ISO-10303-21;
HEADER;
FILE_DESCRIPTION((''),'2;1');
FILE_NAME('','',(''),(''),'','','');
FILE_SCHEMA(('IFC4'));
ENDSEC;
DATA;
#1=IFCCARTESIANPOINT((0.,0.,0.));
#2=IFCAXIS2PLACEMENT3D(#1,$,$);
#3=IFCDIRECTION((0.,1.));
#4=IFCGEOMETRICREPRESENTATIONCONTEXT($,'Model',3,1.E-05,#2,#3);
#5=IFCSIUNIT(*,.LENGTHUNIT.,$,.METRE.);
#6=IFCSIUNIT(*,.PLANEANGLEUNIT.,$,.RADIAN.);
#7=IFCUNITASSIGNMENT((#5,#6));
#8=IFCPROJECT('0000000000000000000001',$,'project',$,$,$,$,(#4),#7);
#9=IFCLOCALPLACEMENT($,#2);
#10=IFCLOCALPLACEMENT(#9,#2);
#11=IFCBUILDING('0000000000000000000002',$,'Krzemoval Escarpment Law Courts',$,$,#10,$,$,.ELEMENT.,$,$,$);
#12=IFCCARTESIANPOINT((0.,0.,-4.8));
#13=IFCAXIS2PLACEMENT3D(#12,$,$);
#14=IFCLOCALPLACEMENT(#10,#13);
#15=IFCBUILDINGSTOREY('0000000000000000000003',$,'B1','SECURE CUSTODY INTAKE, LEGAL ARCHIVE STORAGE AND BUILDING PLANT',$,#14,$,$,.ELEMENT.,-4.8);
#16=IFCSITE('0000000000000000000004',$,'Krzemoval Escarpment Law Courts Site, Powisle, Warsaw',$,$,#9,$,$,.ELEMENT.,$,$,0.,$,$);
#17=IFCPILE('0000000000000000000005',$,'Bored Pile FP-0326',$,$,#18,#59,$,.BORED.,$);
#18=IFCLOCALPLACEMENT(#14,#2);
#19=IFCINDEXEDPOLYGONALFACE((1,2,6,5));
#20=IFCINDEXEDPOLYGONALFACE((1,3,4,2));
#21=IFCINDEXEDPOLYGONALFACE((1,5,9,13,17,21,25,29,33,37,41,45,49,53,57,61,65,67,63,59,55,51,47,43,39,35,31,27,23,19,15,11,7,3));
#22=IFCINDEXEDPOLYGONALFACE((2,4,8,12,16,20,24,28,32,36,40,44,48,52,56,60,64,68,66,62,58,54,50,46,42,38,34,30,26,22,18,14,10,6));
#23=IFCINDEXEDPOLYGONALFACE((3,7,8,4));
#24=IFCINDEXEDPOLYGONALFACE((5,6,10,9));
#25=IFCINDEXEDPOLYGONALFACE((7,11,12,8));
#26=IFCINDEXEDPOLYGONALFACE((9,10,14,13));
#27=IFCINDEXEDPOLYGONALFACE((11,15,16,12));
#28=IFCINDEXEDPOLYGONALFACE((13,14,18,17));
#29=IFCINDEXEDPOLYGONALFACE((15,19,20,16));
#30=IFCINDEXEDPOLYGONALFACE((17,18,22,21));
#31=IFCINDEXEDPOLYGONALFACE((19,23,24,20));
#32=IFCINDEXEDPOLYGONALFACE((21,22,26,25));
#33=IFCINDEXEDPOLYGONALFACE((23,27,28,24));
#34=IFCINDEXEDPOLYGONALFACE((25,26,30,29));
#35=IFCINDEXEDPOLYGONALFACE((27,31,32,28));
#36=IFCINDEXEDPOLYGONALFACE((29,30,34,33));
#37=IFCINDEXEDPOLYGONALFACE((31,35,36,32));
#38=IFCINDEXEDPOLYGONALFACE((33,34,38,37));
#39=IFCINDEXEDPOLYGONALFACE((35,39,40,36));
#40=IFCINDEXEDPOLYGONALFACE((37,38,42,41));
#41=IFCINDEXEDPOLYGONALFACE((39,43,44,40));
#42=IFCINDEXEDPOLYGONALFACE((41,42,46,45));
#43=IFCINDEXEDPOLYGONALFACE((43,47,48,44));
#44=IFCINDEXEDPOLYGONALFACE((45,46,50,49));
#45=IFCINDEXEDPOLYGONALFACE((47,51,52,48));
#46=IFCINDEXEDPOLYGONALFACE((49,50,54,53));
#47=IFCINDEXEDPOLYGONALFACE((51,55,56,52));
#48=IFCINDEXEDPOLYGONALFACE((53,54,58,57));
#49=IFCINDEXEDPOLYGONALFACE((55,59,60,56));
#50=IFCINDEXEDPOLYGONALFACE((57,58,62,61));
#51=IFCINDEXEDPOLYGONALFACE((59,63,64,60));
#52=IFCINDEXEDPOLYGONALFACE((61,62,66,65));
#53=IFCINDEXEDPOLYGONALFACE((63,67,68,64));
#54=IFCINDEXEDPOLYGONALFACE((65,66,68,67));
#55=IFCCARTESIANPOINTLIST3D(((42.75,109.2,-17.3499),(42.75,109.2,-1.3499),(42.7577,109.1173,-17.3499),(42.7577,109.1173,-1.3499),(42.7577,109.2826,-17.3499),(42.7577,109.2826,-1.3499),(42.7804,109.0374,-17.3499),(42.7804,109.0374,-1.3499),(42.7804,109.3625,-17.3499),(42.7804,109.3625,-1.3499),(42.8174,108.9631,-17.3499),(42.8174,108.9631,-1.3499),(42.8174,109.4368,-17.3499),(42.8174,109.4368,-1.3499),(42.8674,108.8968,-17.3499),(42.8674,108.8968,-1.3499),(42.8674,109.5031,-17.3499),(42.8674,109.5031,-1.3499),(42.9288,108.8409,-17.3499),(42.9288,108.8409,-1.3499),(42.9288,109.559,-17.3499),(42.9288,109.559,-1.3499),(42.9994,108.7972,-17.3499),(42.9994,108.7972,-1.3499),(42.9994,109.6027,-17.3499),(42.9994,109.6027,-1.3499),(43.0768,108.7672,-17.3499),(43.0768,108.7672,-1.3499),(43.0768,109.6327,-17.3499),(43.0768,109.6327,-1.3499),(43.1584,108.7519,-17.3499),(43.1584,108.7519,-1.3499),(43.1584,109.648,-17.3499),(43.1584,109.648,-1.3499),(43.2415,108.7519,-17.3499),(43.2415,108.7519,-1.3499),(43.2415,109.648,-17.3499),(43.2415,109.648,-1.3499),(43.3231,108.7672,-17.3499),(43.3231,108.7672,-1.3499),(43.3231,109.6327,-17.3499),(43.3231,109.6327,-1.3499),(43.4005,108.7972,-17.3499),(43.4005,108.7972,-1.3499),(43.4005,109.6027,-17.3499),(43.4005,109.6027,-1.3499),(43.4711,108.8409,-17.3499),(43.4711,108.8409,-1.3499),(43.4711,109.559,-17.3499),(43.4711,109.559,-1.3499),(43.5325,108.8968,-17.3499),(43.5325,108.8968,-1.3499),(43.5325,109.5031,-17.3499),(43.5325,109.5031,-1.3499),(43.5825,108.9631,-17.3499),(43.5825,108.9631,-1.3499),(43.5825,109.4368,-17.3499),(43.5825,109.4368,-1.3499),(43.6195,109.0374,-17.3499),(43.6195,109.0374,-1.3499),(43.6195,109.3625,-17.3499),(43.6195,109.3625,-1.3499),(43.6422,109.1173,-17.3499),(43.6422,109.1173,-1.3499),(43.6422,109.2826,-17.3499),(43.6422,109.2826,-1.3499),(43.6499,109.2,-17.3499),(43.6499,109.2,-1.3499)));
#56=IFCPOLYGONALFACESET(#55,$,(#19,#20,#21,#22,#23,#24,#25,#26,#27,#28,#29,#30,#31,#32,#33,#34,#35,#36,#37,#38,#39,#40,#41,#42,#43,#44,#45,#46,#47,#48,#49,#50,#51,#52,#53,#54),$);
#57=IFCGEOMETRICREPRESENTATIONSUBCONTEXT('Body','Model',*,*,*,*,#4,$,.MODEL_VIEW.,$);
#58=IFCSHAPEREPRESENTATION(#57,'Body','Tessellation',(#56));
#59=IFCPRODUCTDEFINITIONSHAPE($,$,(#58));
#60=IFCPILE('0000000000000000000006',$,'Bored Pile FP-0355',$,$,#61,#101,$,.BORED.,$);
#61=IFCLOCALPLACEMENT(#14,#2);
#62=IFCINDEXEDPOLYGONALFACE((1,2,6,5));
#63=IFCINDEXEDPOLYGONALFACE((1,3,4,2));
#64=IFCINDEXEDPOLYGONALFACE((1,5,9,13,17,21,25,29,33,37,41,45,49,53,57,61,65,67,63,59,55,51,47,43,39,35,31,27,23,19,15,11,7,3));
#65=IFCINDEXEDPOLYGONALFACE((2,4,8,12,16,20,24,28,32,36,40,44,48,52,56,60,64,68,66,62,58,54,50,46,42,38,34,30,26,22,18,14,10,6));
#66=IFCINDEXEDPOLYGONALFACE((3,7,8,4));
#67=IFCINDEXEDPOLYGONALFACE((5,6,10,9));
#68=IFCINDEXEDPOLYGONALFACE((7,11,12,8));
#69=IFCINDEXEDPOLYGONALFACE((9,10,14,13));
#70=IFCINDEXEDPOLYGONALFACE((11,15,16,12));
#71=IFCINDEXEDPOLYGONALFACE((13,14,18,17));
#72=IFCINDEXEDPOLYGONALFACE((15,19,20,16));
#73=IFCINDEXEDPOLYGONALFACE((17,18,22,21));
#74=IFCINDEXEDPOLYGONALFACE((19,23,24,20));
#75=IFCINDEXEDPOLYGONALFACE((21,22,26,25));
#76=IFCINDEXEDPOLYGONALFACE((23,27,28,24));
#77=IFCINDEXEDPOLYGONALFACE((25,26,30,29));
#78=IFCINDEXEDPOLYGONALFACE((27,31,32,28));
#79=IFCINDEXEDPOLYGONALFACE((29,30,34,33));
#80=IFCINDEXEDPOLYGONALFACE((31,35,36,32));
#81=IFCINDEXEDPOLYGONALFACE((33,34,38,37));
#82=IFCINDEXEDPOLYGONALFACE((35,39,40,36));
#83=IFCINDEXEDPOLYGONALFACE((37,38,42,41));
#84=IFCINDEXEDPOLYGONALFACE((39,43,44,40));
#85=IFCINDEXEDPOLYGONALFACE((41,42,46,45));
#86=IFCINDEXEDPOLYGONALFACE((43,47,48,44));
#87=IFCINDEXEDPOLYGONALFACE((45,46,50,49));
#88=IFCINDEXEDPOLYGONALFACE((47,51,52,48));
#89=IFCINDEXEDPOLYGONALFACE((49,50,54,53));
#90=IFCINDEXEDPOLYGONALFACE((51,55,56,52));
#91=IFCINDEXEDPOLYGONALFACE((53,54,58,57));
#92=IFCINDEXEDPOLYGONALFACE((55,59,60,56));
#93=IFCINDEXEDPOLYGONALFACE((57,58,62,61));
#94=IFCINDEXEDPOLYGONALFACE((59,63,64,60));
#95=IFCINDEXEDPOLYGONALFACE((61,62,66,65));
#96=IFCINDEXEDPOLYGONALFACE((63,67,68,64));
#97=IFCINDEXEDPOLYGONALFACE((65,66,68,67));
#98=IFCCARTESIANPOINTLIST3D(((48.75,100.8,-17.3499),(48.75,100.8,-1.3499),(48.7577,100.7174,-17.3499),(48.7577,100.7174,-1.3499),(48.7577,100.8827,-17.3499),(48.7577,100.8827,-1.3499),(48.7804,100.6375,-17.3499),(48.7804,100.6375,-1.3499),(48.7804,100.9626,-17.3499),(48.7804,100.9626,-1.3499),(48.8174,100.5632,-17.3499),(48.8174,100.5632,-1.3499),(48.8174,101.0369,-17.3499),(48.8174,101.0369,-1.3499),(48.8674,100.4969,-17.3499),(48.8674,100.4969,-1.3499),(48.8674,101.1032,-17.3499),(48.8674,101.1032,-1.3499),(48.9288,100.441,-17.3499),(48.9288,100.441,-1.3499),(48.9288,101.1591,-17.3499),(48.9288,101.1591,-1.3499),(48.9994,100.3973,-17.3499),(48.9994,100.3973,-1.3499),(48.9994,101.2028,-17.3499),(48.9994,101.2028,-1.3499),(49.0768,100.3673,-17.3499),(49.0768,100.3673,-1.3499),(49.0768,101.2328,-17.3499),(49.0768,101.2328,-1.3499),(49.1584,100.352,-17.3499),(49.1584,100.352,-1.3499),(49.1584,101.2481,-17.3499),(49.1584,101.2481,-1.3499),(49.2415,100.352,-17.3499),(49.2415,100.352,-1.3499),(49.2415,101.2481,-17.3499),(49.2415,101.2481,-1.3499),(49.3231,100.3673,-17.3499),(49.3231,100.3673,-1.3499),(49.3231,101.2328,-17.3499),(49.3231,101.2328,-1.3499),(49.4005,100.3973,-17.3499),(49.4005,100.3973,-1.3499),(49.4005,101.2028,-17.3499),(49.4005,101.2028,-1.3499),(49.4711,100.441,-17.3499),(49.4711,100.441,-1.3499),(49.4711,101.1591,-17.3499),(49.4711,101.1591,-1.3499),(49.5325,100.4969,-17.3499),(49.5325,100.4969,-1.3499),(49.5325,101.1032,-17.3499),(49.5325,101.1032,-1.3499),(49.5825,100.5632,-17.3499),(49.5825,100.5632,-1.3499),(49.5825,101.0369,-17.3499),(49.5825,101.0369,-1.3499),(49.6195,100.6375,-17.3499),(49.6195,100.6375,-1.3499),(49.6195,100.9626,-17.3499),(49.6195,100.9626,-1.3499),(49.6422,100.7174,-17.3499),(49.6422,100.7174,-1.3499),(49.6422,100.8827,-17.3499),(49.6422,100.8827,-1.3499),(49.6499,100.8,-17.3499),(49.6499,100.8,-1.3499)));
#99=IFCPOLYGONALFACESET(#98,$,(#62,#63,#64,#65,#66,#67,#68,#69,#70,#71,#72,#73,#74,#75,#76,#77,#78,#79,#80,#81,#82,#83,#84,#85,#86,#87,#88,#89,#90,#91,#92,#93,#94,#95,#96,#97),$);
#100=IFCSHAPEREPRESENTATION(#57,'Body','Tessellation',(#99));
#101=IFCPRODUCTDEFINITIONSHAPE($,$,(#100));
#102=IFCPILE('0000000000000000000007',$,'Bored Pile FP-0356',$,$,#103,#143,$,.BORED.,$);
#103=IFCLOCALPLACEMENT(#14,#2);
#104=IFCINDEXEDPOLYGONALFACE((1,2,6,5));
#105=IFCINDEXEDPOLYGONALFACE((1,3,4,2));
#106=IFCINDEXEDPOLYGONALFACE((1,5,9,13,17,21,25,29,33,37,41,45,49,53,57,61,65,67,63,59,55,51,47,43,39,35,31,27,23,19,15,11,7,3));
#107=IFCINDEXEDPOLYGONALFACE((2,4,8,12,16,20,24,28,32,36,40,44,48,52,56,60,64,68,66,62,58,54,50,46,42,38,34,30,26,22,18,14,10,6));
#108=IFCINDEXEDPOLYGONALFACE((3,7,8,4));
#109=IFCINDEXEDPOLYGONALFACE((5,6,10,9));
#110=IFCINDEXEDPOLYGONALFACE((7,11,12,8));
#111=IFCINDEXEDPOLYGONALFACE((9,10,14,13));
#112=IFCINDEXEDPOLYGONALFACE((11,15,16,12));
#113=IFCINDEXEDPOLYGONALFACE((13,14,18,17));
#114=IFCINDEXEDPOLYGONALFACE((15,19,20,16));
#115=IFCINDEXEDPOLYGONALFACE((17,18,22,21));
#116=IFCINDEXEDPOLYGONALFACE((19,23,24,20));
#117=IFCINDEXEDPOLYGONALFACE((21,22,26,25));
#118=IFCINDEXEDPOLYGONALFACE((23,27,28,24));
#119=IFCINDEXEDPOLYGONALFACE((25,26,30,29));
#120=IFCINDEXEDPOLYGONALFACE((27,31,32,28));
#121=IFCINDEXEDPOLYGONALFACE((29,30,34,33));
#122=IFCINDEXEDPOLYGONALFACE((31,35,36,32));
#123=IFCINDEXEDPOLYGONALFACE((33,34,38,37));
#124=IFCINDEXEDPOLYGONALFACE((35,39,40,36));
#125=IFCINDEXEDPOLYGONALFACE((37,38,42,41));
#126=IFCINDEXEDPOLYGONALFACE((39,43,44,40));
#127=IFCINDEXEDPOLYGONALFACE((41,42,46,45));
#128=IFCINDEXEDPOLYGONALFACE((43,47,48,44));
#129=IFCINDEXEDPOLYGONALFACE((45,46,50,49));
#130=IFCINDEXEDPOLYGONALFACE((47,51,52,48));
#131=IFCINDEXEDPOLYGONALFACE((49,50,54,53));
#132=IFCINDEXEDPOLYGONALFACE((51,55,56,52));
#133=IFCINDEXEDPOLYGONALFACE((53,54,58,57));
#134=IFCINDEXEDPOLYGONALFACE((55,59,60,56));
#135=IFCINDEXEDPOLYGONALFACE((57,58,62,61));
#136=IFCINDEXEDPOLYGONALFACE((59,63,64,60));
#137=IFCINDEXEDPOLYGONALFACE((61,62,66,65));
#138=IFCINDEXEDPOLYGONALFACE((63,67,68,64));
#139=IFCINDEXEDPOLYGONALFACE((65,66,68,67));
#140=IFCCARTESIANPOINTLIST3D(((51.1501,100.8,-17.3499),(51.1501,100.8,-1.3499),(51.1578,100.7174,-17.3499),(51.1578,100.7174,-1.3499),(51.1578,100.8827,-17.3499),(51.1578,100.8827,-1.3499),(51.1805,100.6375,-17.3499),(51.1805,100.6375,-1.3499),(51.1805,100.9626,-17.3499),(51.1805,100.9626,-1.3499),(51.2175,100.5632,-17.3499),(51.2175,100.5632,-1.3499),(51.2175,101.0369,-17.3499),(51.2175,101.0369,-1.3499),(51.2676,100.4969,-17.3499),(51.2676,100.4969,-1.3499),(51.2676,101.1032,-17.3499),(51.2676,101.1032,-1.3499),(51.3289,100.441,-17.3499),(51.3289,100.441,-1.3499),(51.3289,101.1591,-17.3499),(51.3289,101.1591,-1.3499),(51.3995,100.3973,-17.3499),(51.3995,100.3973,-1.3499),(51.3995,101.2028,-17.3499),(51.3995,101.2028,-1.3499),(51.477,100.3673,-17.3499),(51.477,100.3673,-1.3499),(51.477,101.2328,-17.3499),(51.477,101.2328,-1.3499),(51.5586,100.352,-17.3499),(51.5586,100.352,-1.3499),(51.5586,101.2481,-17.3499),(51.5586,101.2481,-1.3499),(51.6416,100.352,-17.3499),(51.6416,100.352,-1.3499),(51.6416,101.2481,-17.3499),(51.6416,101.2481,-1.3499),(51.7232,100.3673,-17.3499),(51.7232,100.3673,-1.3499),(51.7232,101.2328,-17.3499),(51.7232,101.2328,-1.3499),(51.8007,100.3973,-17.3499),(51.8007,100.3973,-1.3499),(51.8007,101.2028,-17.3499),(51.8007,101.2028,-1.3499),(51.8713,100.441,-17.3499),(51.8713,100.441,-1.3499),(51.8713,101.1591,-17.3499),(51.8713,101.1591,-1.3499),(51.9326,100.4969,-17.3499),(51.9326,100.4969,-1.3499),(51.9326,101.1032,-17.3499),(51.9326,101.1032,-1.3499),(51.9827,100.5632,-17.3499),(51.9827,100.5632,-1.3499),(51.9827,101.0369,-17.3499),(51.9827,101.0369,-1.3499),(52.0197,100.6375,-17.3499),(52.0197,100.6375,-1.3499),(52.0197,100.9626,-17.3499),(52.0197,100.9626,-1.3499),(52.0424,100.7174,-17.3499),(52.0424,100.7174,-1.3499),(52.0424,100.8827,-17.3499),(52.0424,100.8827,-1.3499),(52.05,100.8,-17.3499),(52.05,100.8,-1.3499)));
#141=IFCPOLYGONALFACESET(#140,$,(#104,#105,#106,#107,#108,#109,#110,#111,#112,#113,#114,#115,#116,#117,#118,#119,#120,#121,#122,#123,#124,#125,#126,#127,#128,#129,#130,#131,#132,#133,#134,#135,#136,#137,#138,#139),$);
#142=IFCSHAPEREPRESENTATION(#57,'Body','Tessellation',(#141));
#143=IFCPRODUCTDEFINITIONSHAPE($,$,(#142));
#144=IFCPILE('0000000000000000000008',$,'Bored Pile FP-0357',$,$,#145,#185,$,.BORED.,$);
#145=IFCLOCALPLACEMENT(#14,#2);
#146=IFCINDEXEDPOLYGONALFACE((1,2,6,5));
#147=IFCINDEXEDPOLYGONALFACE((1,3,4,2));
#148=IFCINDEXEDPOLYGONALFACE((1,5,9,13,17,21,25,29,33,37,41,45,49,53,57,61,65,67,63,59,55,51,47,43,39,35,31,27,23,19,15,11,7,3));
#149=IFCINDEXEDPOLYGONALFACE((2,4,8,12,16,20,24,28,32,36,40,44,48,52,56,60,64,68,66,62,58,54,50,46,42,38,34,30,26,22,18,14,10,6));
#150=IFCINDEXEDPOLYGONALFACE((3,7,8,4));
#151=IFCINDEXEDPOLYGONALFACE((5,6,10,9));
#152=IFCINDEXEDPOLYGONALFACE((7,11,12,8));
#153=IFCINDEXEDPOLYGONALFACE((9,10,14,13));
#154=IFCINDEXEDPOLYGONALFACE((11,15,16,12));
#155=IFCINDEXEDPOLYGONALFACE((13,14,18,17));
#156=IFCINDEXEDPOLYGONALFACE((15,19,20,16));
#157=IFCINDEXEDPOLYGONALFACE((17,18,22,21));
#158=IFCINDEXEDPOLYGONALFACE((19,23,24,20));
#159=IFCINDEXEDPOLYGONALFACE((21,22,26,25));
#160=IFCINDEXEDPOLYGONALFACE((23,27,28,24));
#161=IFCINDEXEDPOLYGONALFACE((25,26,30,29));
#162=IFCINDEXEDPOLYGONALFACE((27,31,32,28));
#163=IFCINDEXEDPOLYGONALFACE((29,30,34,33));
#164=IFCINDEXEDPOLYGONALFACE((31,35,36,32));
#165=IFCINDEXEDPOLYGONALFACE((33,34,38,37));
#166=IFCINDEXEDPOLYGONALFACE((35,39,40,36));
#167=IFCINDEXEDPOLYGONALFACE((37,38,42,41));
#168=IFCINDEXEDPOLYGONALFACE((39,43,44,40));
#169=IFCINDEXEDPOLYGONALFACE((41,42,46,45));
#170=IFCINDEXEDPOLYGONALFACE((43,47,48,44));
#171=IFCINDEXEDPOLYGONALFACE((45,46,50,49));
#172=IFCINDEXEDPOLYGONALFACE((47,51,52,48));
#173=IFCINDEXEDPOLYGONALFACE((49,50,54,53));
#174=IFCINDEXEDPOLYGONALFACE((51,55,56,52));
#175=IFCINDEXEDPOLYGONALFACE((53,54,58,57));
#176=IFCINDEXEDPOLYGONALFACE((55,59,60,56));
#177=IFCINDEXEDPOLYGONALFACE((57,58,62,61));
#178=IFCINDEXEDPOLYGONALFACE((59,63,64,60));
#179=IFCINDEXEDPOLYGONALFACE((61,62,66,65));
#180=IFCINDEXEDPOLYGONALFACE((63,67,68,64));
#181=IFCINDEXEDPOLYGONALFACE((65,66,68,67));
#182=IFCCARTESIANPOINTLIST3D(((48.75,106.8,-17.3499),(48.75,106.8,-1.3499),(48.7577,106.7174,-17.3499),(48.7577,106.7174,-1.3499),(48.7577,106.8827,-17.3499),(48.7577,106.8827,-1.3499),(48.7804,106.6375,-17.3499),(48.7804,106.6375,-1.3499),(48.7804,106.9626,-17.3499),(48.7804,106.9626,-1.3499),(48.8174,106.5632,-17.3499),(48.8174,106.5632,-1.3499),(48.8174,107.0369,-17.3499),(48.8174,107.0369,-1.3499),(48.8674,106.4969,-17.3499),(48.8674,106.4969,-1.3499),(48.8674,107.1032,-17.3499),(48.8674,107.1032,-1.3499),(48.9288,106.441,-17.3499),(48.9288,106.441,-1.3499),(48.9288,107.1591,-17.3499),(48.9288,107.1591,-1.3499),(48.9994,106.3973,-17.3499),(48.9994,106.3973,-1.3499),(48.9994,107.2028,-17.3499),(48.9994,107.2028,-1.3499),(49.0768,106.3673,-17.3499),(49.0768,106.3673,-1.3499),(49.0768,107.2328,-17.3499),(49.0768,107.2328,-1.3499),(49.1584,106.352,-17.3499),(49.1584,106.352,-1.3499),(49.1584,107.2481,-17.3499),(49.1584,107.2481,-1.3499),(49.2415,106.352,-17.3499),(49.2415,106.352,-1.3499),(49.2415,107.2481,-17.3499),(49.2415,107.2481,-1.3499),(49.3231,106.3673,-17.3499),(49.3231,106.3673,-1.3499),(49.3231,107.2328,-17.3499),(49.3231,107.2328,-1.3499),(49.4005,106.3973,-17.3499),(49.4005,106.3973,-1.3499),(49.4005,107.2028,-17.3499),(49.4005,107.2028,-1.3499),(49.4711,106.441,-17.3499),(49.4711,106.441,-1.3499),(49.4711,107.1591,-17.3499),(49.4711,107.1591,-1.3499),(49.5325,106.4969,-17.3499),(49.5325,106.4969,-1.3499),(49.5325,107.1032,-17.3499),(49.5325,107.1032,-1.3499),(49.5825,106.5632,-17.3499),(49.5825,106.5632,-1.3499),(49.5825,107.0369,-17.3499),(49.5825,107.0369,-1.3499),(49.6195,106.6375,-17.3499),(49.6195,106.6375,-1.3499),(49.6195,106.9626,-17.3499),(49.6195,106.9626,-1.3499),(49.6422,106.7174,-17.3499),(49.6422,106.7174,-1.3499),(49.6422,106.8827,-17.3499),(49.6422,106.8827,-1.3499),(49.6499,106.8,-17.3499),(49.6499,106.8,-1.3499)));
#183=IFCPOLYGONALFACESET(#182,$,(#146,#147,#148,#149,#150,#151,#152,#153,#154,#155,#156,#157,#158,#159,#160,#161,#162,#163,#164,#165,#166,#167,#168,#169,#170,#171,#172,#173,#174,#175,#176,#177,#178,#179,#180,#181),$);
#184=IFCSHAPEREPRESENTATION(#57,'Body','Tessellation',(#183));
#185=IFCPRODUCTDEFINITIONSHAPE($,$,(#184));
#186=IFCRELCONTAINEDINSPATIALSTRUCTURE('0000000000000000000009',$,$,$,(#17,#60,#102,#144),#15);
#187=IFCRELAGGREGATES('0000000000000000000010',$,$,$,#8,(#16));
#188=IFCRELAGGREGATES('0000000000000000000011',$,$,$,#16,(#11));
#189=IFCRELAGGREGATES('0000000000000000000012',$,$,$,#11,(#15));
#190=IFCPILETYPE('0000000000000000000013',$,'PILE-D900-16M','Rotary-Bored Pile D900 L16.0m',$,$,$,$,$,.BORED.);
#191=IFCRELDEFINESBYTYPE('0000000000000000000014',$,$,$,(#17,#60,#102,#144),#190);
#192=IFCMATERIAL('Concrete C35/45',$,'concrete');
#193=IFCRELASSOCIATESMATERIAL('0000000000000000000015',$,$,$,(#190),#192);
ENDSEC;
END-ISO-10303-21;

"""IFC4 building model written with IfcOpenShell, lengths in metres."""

from ifc_helpers import new_model, si_unit, direction, frame, origin, origin_2d, place, context, subcontext, project, spatial, circle, extrude, material, material_profile, profile_set, type_object, element, save


model = new_model("IFC4")

# Units and contexts
model_context = context("Model", 3, precision=1e-05, world=origin(), true_north=direction((0.0, 1.0)))
body_context = subcontext(model_context, "Body", "Model", "MODEL_VIEW")
ifc_project = project(units=[si_unit("LENGTHUNIT", "METRE"), si_unit("PLANEANGLEUNIT", "RADIAN")], contexts=[model_context])

# Site, building, storey
site_placement = place(None, origin())
site = spatial("IfcSite", under=ifc_project, at=site_placement, Name="Krzemoval Escarpment Law Courts Site, Powisle, Warsaw", CompositionType="ELEMENT", RefElevation=0.0)
building_placement = place(site_placement, origin())
building = spatial("IfcBuilding", under=site, at=building_placement, Name="Krzemoval Escarpment Law Courts", CompositionType="ELEMENT")
storey_placement = place(building_placement, frame((0.0, 0.0, -4.8)))
storey = spatial("IfcBuildingStorey", under=building, at=storey_placement, Name="B1", Description="SECURE CUSTODY INTAKE, LEGAL ARCHIVE STORAGE AND BUILDING PLANT", CompositionType="ELEMENT", Elevation=-4.8)

# Piles
ifc_material_1 = material(Name="Concrete C35/45", Category="concrete")
ifc_material_profile_1 = material_profile(ifc_material_1, circle(Radius=0.45, at=origin_2d()), Name="PILE D900")
ifc_profile_set_1 = profile_set([ifc_material_profile_1], Name="Concrete C35/45")
pile_type = type_object("IfcPileType", Name="PILE-D900-16M", Description="Rotary-Bored Pile D900 L16.0m", PredefinedType="BORED", material=ifc_profile_set_1)
for number, where, z_axis, x_axis, name in (
    (1, (43.2, 109.2, -1.3499), (0.0, 0.0, -1.0), (1.0, 0.0, 0.0), "Bored Pile FP-0326"),
    (2, (49.2, 100.8, -1.3499), (0.0, 0.0, -1.0), (1.0, 0.0, 0.0), "Bored Pile FP-0355"),
    (3, (51.6001, 100.8, -1.3499), (0.0, 0.0, -1.0), (1.0, 0.0, 0.0), "Bored Pile FP-0356"),
    (4, (49.2, 106.8, -1.3499), (0.0, 0.0, -1.0), (1.0, 0.0, 0.0), "Bored Pile FP-0357"),
):
    element("IfcPile", number, at=place(storey_placement, frame(where, z_axis=z_axis, x_axis=x_axis)), inside=storey, type_object=pile_type, Name=name, PredefinedType="BORED", context=body_context, shape_type="SweptSolid", body=[
        extrude(circle(Radius=0.45, at=origin_2d()), origin(), (0.0, 0.0, 1.0), 16.0),
    ])

save(model, "model.ifc")
